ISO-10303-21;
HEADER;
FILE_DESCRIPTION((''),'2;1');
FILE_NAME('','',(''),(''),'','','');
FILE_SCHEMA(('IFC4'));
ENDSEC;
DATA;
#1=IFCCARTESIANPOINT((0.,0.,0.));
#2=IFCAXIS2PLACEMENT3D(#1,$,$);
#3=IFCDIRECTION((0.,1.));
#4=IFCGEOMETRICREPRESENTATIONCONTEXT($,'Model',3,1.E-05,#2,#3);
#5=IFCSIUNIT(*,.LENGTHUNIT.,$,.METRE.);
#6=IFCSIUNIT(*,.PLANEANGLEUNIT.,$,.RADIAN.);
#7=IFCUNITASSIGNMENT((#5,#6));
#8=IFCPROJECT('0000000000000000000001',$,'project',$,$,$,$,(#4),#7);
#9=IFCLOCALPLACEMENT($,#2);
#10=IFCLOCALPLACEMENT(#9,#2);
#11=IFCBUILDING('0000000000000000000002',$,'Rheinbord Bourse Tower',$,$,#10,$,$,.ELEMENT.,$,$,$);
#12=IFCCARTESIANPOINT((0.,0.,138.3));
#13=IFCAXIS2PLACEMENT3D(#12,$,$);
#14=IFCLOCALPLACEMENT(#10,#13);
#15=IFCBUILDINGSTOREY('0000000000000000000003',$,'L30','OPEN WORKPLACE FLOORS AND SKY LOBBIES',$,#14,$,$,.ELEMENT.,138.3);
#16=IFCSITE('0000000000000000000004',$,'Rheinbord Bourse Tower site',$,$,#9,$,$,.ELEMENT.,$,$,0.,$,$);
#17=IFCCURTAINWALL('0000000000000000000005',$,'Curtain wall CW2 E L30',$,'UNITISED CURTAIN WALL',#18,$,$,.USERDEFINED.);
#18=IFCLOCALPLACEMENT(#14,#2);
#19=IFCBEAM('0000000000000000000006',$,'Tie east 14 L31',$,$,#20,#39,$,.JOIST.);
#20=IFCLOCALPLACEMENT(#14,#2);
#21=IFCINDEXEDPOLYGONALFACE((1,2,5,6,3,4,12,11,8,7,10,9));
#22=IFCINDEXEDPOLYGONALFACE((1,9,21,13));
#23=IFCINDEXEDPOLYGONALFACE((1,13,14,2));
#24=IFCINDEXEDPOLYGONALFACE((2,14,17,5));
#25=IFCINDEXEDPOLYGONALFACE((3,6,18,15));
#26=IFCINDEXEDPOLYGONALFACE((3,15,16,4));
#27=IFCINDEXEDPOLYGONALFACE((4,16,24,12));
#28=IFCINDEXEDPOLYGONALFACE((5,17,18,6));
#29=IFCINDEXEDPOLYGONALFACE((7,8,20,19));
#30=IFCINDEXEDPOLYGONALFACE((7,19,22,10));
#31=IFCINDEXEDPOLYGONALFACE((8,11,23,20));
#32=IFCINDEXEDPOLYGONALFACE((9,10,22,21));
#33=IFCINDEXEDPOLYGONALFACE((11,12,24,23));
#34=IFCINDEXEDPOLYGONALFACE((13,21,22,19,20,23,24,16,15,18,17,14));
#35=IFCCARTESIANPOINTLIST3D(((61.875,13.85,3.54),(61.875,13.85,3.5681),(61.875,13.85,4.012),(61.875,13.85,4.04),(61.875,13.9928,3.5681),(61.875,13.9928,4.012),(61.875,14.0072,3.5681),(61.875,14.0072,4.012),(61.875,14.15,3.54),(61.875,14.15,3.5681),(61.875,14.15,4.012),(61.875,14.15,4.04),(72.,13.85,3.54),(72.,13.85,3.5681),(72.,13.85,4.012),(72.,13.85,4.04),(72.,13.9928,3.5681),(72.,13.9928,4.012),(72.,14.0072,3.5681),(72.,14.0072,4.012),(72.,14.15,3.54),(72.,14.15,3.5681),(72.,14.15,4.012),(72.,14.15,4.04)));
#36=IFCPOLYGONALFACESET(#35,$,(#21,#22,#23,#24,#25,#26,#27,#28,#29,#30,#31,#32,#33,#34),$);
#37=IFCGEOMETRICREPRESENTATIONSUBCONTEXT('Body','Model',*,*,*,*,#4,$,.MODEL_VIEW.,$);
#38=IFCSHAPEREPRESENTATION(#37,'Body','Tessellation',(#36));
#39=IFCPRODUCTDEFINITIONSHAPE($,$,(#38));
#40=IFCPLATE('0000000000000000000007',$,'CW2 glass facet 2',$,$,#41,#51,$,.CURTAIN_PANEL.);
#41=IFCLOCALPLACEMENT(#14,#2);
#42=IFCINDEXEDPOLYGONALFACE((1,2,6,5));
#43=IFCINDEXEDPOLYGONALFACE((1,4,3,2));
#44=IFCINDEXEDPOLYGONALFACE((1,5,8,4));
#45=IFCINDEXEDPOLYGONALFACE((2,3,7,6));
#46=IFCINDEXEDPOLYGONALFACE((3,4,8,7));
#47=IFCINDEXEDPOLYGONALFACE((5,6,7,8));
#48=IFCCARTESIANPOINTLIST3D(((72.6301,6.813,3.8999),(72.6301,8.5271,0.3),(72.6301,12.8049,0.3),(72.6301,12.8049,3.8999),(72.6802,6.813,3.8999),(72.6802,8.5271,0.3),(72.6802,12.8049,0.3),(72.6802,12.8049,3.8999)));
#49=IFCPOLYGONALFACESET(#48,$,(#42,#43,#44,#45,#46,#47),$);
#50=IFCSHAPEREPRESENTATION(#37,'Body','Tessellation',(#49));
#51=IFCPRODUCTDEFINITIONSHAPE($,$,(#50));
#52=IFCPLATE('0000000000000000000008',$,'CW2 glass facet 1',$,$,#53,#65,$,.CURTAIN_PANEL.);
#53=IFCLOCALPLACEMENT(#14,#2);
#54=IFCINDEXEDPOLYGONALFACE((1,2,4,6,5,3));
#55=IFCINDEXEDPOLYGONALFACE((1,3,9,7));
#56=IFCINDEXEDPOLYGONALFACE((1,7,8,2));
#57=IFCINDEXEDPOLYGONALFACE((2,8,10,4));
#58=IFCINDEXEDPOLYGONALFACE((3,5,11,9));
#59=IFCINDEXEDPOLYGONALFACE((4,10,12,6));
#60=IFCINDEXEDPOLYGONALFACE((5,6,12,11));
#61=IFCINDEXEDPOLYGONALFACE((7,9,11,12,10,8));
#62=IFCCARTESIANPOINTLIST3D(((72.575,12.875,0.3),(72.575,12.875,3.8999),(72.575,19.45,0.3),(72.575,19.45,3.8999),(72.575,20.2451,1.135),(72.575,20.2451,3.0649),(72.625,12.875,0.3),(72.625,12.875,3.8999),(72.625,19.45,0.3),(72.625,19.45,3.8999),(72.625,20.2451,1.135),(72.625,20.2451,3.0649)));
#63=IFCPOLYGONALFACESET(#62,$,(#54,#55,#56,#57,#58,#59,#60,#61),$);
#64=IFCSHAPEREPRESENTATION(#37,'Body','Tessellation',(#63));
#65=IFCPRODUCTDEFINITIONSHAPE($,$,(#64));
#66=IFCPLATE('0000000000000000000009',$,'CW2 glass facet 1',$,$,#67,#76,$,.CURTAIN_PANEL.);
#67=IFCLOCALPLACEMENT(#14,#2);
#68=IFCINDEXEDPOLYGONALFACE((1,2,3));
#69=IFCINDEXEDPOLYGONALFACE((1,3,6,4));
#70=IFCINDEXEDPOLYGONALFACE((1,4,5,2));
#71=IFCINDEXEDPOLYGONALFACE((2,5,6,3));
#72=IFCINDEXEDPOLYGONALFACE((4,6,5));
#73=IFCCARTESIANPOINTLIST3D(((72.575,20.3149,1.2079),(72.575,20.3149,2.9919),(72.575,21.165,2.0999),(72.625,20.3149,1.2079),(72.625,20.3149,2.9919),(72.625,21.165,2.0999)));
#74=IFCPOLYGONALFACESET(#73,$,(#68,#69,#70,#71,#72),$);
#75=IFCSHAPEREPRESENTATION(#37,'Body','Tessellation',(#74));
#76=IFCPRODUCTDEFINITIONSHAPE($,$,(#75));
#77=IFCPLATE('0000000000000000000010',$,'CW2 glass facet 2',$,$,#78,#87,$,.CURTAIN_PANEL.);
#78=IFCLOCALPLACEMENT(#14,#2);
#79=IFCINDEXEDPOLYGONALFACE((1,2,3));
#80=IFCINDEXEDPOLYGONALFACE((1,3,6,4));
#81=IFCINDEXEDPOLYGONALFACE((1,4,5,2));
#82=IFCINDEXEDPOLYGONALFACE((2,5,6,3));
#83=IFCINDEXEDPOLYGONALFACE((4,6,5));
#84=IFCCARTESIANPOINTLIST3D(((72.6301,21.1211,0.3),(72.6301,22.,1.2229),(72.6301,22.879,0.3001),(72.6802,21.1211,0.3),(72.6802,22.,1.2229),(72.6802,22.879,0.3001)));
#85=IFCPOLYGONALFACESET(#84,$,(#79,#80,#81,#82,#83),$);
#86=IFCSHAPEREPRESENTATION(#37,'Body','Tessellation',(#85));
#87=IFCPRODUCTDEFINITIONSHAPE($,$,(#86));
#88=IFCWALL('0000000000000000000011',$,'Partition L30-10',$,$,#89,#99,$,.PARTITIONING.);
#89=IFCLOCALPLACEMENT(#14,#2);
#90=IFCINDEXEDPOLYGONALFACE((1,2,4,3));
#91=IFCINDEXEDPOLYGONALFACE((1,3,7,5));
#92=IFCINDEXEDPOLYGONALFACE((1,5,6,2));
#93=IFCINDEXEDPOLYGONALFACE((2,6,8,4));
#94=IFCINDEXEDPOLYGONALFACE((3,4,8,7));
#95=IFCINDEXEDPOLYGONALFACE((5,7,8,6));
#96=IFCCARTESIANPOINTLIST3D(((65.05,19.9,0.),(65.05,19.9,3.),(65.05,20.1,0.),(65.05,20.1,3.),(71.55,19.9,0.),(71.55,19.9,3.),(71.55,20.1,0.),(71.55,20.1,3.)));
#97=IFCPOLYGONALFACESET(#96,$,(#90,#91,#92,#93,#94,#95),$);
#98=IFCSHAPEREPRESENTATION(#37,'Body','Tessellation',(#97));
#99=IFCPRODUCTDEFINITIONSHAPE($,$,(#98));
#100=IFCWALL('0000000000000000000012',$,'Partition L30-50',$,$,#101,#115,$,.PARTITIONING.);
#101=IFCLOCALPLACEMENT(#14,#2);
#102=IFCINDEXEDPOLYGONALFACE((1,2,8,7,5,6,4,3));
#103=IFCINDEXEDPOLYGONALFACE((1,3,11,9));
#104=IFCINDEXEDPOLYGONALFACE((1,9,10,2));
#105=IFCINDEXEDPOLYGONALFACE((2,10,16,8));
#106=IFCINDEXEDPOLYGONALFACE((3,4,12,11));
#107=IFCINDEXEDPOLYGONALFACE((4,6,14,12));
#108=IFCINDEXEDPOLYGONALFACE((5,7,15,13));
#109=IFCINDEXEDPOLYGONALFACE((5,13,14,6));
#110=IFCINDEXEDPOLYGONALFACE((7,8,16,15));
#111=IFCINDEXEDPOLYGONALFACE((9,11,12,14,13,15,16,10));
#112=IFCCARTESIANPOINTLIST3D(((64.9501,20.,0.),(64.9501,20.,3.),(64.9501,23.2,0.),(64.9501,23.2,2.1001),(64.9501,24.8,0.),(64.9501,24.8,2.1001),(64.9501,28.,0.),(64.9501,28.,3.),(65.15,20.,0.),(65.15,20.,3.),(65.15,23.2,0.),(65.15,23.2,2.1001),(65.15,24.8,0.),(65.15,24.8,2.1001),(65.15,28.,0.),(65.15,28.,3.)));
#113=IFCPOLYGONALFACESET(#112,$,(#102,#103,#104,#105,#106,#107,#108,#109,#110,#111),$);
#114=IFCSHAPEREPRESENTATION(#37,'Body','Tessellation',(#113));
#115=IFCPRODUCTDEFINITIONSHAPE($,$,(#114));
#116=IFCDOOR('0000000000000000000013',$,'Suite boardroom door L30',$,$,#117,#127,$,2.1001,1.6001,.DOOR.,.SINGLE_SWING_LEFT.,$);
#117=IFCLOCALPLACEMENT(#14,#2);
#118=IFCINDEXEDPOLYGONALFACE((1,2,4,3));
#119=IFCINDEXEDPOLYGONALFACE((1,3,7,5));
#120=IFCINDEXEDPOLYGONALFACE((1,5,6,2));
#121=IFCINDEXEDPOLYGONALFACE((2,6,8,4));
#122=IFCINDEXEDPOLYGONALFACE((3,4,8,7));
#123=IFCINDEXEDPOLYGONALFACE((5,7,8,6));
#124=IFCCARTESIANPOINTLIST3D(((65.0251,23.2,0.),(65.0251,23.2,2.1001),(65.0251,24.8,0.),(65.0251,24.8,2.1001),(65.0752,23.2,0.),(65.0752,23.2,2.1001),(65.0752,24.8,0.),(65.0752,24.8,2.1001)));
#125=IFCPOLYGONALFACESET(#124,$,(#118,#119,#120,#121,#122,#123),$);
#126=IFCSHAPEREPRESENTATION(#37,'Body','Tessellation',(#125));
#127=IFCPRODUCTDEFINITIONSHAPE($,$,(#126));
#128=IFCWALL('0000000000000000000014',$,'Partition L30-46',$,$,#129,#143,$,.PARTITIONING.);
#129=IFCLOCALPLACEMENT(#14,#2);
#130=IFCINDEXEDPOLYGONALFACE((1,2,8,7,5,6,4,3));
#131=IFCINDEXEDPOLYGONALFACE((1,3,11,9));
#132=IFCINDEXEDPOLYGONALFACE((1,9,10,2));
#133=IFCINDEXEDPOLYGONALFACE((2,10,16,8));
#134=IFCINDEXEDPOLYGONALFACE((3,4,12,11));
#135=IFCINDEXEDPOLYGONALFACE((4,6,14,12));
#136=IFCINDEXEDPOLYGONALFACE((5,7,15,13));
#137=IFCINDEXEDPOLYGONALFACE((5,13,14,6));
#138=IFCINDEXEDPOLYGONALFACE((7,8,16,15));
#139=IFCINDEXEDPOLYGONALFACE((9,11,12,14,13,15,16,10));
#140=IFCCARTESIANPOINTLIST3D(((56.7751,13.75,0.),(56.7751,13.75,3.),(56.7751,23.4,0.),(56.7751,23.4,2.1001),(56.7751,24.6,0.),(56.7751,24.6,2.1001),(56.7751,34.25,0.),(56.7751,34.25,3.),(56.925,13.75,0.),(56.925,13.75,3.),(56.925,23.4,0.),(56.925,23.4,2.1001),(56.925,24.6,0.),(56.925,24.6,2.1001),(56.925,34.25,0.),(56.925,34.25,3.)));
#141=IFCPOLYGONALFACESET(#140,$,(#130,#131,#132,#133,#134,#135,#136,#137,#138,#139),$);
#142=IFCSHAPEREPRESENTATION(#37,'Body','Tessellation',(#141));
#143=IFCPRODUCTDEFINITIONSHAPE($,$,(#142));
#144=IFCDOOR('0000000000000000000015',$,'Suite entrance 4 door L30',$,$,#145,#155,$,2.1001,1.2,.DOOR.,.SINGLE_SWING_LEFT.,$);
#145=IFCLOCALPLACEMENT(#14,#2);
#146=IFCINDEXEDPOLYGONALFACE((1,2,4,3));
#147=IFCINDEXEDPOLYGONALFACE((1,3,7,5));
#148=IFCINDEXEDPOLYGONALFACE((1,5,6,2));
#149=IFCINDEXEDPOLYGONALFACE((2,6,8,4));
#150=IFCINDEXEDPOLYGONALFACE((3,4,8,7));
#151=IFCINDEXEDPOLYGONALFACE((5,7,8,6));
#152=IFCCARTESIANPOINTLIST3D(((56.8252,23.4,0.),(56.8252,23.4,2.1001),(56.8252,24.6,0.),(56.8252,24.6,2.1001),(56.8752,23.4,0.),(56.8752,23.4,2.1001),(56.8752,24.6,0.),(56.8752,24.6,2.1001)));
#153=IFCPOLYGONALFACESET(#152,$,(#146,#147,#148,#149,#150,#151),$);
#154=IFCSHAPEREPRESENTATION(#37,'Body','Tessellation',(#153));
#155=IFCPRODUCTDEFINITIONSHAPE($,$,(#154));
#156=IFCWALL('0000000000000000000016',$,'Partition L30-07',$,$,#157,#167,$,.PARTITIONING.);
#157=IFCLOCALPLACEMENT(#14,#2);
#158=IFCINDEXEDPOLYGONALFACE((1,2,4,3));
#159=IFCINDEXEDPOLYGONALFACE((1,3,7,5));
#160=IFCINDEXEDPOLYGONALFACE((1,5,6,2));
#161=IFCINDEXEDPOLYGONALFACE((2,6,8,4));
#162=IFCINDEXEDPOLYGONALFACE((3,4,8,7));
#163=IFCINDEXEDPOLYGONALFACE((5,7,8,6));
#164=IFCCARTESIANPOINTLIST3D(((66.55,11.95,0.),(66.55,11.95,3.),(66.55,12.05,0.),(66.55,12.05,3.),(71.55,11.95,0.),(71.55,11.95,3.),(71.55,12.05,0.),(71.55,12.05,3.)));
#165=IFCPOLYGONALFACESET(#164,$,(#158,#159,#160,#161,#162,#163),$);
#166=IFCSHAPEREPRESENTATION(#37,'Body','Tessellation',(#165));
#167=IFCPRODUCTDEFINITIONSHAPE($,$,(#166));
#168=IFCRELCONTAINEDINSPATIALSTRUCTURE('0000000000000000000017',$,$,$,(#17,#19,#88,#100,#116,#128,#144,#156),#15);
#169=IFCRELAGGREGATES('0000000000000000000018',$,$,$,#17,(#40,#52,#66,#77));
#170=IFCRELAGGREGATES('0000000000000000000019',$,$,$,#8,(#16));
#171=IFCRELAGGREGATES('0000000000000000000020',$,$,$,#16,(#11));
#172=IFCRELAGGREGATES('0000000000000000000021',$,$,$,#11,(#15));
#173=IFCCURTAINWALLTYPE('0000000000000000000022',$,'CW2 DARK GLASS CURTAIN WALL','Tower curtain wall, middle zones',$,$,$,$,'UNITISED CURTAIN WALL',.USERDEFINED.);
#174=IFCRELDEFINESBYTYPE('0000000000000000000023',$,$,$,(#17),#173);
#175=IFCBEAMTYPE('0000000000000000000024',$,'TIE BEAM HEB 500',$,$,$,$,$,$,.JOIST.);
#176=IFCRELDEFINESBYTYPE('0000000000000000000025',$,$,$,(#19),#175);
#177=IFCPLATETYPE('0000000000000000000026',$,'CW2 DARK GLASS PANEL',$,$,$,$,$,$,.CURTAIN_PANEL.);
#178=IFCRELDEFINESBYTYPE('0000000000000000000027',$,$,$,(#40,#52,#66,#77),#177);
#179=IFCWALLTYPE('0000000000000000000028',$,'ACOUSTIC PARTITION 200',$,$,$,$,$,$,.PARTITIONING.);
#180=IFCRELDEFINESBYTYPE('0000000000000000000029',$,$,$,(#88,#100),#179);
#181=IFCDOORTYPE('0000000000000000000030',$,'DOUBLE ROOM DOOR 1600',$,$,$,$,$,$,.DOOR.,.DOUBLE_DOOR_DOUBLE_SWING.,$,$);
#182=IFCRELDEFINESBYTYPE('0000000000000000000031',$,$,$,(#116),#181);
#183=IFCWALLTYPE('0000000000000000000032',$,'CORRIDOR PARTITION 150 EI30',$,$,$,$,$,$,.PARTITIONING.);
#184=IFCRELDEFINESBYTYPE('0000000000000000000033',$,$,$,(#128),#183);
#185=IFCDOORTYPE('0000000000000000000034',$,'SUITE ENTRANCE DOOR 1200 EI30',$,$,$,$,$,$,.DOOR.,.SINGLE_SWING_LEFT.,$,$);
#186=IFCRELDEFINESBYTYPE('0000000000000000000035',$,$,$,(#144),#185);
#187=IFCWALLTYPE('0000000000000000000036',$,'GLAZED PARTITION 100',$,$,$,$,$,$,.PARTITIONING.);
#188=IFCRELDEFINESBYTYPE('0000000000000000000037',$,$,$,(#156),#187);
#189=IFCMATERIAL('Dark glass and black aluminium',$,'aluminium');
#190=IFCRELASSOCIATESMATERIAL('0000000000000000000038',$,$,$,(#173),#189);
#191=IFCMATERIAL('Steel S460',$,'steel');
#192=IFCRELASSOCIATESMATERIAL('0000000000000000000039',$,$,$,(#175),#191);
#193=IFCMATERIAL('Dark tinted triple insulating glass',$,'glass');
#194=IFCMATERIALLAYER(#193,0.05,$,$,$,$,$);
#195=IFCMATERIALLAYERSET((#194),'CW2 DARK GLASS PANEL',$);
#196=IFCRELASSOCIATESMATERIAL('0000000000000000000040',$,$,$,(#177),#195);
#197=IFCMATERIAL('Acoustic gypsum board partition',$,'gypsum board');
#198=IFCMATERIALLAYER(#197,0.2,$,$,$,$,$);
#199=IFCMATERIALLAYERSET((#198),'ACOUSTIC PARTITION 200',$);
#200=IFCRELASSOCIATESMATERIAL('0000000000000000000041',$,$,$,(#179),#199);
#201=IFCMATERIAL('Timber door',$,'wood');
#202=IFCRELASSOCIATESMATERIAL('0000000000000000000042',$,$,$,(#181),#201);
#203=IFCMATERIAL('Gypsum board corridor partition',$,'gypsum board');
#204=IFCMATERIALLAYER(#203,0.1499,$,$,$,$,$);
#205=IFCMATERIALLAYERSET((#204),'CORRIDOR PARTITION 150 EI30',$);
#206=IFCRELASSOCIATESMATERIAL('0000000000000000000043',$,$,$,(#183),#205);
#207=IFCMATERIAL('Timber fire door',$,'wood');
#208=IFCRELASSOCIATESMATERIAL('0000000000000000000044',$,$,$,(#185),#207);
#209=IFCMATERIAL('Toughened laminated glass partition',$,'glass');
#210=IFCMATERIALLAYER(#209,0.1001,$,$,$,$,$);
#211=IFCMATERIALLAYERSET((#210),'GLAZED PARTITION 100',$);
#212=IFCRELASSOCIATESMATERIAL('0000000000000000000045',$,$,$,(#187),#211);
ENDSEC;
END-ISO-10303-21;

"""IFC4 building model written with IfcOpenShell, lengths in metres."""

from ifc_helpers import new_model, si_unit, direction, frame, frame_2d, origin, origin_2d, place, context, subcontext, project, spatial, polyline, rectangle, i_section, outline, extrude, material, layer, layer_set, material_profile, profile_set, type_object, element, fill, aggregate, save


model = new_model("IFC4")

# Units and contexts
model_context = context("Model", 3, precision=1e-05, world=origin(), true_north=direction((0.0, 1.0)))
body_context = subcontext(model_context, "Body", "Model", "MODEL_VIEW")
ifc_project = project(units=[si_unit("LENGTHUNIT", "METRE"), si_unit("PLANEANGLEUNIT", "RADIAN")], contexts=[model_context])

# Site, building, storey
site_placement = place(None, origin())
site = spatial("IfcSite", under=ifc_project, at=site_placement, Name="Rheinbord Bourse Tower site", CompositionType="ELEMENT", RefElevation=0.0)
building_placement = place(site_placement, origin())
building = spatial("IfcBuilding", under=site, at=building_placement, Name="Rheinbord Bourse Tower", CompositionType="ELEMENT")
storey_placement = place(building_placement, frame((0.0, 0.0, 138.3)))
storey = spatial("IfcBuildingStorey", under=building, at=storey_placement, Name="L30", Description="OPEN WORKPLACE FLOORS AND SKY LOBBIES", CompositionType="ELEMENT", Elevation=138.3)

# Curtain wall
ifc_material_1 = material(Name="Dark glass and black aluminium", Category="aluminium")
curtain_wall_type = type_object("IfcCurtainWallType", Name="CW2 DARK GLASS CURTAIN WALL", Description="Tower curtain wall, middle zones", ElementType="UNITISED CURTAIN WALL", PredefinedType="USERDEFINED", material=ifc_material_1)
curtain_wall_placement = place(storey_placement, origin())
curtain_wall = element("IfcCurtainWall", 1, at=curtain_wall_placement, inside=storey, type_object=curtain_wall_type, Name="Curtain wall CW2 E L30", ObjectType="UNITISED CURTAIN WALL", PredefinedType="USERDEFINED")

# Beam
ifc_material_2 = material(Name="Steel S460", Category="steel")
ifc_material_profile_1 = material_profile(ifc_material_2, i_section(OverallWidth=0.3, OverallDepth=0.5, WebThickness=0.0144, FlangeThickness=0.0281, at=origin_2d()), Name="HEB 500")
ifc_profile_set_1 = profile_set([ifc_material_profile_1], Name="Steel S460")
beam_type_1 = type_object("IfcBeamType", Name="TIE BEAM HEB 500", PredefinedType="JOIST", material=ifc_profile_set_1)
for number, where, z_axis, x_axis, name in (
    (2, (61.875, 14.0, 3.79), (1.0, 0.0, 0.0), (0.0, 1.0, 0.0), "Tie east 14 L31"),
):
    element("IfcBeam", number, at=place(storey_placement, frame(where, z_axis=z_axis, x_axis=x_axis)), inside=storey, type_object=beam_type_1, Name=name, PredefinedType="JOIST", context=body_context, shape_type="SweptSolid", body=[
        extrude(i_section(OverallWidth=0.3, OverallDepth=0.5, WebThickness=0.0144, FlangeThickness=0.0281, at=origin_2d()), origin(), (0.0, 0.0, 1.0), 10.125),
    ])

# Plates
ifc_material_3 = material(Name="Dark tinted triple insulating glass", Category="glass")
ifc_layer_1 = layer(ifc_material_3, 0.05)
ifc_layer_set_1 = layer_set([ifc_layer_1], Name="CW2 DARK GLASS PANEL")
plate_type = type_object("IfcPlateType", Name="CW2 DARK GLASS PANEL", PredefinedType="CURTAIN_PANEL", material=ifc_layer_set_1)
plate_1_placement = place(storey_placement, frame((72.6802, 12.8049, 3.8999), z_axis=(-1.0, 0.0, 0.0), x_axis=(0.0, 0.0, -1.0)))
plate_1 = element("IfcPlate", 3, at=plate_1_placement, type_object=plate_type, Name="CW2 glass facet 2", PredefinedType="CURTAIN_PANEL", context=body_context, shape_type="SweptSolid", body=[
    extrude(outline(polyline([(0.0, 0.0), (3.5999, 0.0), (3.5999, 4.2778), (0.0, 5.9919), (0.0, 0.0)])), origin(), (0.0, 0.0, 1.0), 0.05),
])
plate_2_placement = place(storey_placement, frame((72.625, 12.875, 0.3), z_axis=(-1.0, 0.0, 0.0), x_axis=(0.0, 0.0, 1.0)))
plate_2 = element("IfcPlate", 4, at=plate_2_placement, type_object=plate_type, Name="CW2 glass facet 1", PredefinedType="CURTAIN_PANEL", context=body_context, shape_type="SweptSolid", body=[
    extrude(outline(polyline([(0.0, 0.0), (3.5999, 0.0), (3.5999, 6.575), (2.7649, 7.3701), (0.835, 7.3701), (0.0, 6.575), (0.0, 0.0)])), origin(), (0.0, 0.0, 1.0), 0.05),
])
plate_3_placement = place(storey_placement, frame((72.625, 20.3149, 2.9919), z_axis=(-1.0, 0.0, 0.0), x_axis=(0.0, 0.689863, -0.72394)))
plate_3 = element("IfcPlate", 5, at=plate_3_placement, type_object=plate_type, Name="CW2 glass facet 1", PredefinedType="CURTAIN_PANEL", context=body_context, shape_type="SweptSolid", body=[
    extrude(outline(polyline([(0.0, 0.0), (1.2322, 0.0), (1.2915, 1.2307), (0.0, 0.0)])), origin(), (0.0, 0.0, 1.0), 0.05),
])
plate_4_placement = place(storey_placement, frame((72.6802, 21.1211, 0.3), z_axis=(-1.0, 0.0, 0.0), x_axis=(0.0, 0.689655, 0.724138)))
plate_4 = element("IfcPlate", 6, at=plate_4_placement, type_object=plate_type, Name="CW2 glass facet 2", PredefinedType="CURTAIN_PANEL", context=body_context, shape_type="SweptSolid", body=[
    extrude(outline(polyline([(0.0, 0.0), (1.2744, 0.0), (1.2124, 1.2729), (0.0, 0.0)])), origin(), (0.0, 0.0, 1.0), 0.05),
])
aggregate(curtain_wall, [plate_1, plate_2, plate_3, plate_4])

# Wall
ifc_material_4 = material(Name="Acoustic gypsum board partition", Category="gypsum board")
ifc_layer_2 = layer(ifc_material_4, 0.2)
ifc_layer_set_2 = layer_set([ifc_layer_2], Name="ACOUSTIC PARTITION 200")
wall_type_1 = type_object("IfcWallType", Name="ACOUSTIC PARTITION 200", PredefinedType="PARTITIONING", material=ifc_layer_set_2)
wall_1_placement = place(storey_placement, frame((65.05, 20.0, 0.0), z_axis=(0.0, 0.0, 1.0), x_axis=(1.0, 0.0, 0.0)))
element("IfcWall", 7, at=wall_1_placement, inside=storey, type_object=wall_type_1, Name="Partition L30-10", PredefinedType="PARTITIONING", context=body_context, shape_type="SweptSolid", body=[
    extrude(rectangle(XDim=6.5, YDim=0.2, at=frame_2d((3.25, 0.0))), origin(), (0.0, 0.0, 1.0), 3.0),
])

# Walls, openings, doors
wall_2_placement = place(storey_placement, frame((65.05, 20.0, 0.0), z_axis=(0.0, 0.0, 1.0), x_axis=(0.0, 1.0, 0.0)))
wall_2 = element("IfcWall", 8, at=wall_2_placement, inside=storey, type_object=wall_type_1, Name="Partition L30-50", PredefinedType="PARTITIONING", context=body_context, shape_type="SweptSolid", body=[
    extrude(rectangle(XDim=8.0, YDim=0.2, at=frame_2d((4.0, 0.0))), origin(), (0.0, 0.0, 1.0), 3.0),
])
opening_1_placement = place(wall_2_placement, frame((3.2, 0.0, 0.0)))
opening_1 = element("IfcOpeningElement", 9, at=opening_1_placement, cuts=wall_2, PredefinedType="OPENING", context=body_context, shape_type="SweptSolid", body=[
    extrude(rectangle(XDim=1.6001, YDim=2.1001, at=frame_2d((0.8, 1.05))), frame((0.0, 0.1099, 0.0), z_axis=(0.0, -1.0, 0.0), x_axis=(1.0, 0.0, 0.0)), (0.0, 0.0, 1.0), 0.22),
])
ifc_material_5 = material(Name="Timber door", Category="wood")
door_type_1 = type_object("IfcDoorType", Name="DOUBLE ROOM DOOR 1600", OperationType="DOUBLE_DOOR_DOUBLE_SWING", PredefinedType="DOOR", material=ifc_material_5)
door_1_placement = place(opening_1_placement, origin())
door_1 = element("IfcDoor", 10, at=door_1_placement, inside=storey, type_object=door_type_1, Name="Suite boardroom door L30", OperationType="SINGLE_SWING_LEFT", OverallHeight=2.1001, OverallWidth=1.6001, PredefinedType="DOOR", context=body_context, shape_type="SweptSolid", body=[
    extrude(rectangle(XDim=1.6001, YDim=2.1001, at=frame_2d((0.8, 1.05))), frame((0.0, 0.0249, 0.0), z_axis=(0.0, -1.0, 0.0), x_axis=(1.0, 0.0, 0.0)), (0.0, 0.0, 1.0), 0.05),
])
fill(opening_1, door_1)
ifc_material_6 = material(Name="Gypsum board corridor partition", Category="gypsum board")
ifc_layer_3 = layer(ifc_material_6, 0.1499)
ifc_layer_set_3 = layer_set([ifc_layer_3], Name="CORRIDOR PARTITION 150 EI30")
wall_type_2 = type_object("IfcWallType", Name="CORRIDOR PARTITION 150 EI30", PredefinedType="PARTITIONING", material=ifc_layer_set_3)
wall_3_placement = place(storey_placement, frame((56.8501, 13.75, 0.0), z_axis=(0.0, 0.0, 1.0), x_axis=(0.0, 1.0, 0.0)))
wall_3 = element("IfcWall", 11, at=wall_3_placement, inside=storey, type_object=wall_type_2, Name="Partition L30-46", PredefinedType="PARTITIONING", context=body_context, shape_type="SweptSolid", body=[
    extrude(rectangle(XDim=20.5, YDim=0.1499, at=frame_2d((10.25, 0.0))), origin(), (0.0, 0.0, 1.0), 3.0),
])
opening_2_placement = place(wall_3_placement, frame((9.6499, 0.0, 0.0)))
opening_2 = element("IfcOpeningElement", 12, at=opening_2_placement, cuts=wall_3, PredefinedType="OPENING", context=body_context, shape_type="SweptSolid", body=[
    extrude(rectangle(XDim=1.2, YDim=2.1001, at=frame_2d((0.6001, 1.05))), frame((0.0, 0.085, 0.0), z_axis=(0.0, -1.0, 0.0), x_axis=(1.0, 0.0, 0.0)), (0.0, 0.0, 1.0), 0.1699),
])
ifc_material_7 = material(Name="Timber fire door", Category="wood")
door_type_2 = type_object("IfcDoorType", Name="SUITE ENTRANCE DOOR 1200 EI30", OperationType="SINGLE_SWING_LEFT", PredefinedType="DOOR", material=ifc_material_7)
door_2_placement = place(opening_2_placement, origin())
door_2 = element("IfcDoor", 13, at=door_2_placement, inside=storey, type_object=door_type_2, Name="Suite entrance 4 door L30", OperationType="SINGLE_SWING_LEFT", OverallHeight=2.1001, OverallWidth=1.2, PredefinedType="DOOR", context=body_context, shape_type="SweptSolid", body=[
    extrude(rectangle(XDim=1.2, YDim=2.1001, at=frame_2d((0.6001, 1.05))), frame((0.0, 0.0249, 0.0), z_axis=(0.0, -1.0, 0.0), x_axis=(1.0, 0.0, 0.0)), (0.0, 0.0, 1.0), 0.05),
])
fill(opening_2, door_2)

# Wall
ifc_material_8 = material(Name="Toughened laminated glass partition", Category="glass")
ifc_layer_4 = layer(ifc_material_8, 0.1001)
ifc_layer_set_4 = layer_set([ifc_layer_4], Name="GLAZED PARTITION 100")
wall_type_3 = type_object("IfcWallType", Name="GLAZED PARTITION 100", PredefinedType="PARTITIONING", material=ifc_layer_set_4)
wall_4_placement = place(storey_placement, frame((66.55, 12.0, 0.0), z_axis=(0.0, 0.0, 1.0), x_axis=(1.0, 0.0, 0.0)))
element("IfcWall", 14, at=wall_4_placement, inside=storey, type_object=wall_type_3, Name="Partition L30-07", PredefinedType="PARTITIONING", context=body_context, shape_type="SweptSolid", body=[
    extrude(rectangle(XDim=5.0, YDim=0.1001, at=frame_2d((2.5, 0.0))), origin(), (0.0, 0.0, 1.0), 3.0),
])

save(model, "model.ifc")
